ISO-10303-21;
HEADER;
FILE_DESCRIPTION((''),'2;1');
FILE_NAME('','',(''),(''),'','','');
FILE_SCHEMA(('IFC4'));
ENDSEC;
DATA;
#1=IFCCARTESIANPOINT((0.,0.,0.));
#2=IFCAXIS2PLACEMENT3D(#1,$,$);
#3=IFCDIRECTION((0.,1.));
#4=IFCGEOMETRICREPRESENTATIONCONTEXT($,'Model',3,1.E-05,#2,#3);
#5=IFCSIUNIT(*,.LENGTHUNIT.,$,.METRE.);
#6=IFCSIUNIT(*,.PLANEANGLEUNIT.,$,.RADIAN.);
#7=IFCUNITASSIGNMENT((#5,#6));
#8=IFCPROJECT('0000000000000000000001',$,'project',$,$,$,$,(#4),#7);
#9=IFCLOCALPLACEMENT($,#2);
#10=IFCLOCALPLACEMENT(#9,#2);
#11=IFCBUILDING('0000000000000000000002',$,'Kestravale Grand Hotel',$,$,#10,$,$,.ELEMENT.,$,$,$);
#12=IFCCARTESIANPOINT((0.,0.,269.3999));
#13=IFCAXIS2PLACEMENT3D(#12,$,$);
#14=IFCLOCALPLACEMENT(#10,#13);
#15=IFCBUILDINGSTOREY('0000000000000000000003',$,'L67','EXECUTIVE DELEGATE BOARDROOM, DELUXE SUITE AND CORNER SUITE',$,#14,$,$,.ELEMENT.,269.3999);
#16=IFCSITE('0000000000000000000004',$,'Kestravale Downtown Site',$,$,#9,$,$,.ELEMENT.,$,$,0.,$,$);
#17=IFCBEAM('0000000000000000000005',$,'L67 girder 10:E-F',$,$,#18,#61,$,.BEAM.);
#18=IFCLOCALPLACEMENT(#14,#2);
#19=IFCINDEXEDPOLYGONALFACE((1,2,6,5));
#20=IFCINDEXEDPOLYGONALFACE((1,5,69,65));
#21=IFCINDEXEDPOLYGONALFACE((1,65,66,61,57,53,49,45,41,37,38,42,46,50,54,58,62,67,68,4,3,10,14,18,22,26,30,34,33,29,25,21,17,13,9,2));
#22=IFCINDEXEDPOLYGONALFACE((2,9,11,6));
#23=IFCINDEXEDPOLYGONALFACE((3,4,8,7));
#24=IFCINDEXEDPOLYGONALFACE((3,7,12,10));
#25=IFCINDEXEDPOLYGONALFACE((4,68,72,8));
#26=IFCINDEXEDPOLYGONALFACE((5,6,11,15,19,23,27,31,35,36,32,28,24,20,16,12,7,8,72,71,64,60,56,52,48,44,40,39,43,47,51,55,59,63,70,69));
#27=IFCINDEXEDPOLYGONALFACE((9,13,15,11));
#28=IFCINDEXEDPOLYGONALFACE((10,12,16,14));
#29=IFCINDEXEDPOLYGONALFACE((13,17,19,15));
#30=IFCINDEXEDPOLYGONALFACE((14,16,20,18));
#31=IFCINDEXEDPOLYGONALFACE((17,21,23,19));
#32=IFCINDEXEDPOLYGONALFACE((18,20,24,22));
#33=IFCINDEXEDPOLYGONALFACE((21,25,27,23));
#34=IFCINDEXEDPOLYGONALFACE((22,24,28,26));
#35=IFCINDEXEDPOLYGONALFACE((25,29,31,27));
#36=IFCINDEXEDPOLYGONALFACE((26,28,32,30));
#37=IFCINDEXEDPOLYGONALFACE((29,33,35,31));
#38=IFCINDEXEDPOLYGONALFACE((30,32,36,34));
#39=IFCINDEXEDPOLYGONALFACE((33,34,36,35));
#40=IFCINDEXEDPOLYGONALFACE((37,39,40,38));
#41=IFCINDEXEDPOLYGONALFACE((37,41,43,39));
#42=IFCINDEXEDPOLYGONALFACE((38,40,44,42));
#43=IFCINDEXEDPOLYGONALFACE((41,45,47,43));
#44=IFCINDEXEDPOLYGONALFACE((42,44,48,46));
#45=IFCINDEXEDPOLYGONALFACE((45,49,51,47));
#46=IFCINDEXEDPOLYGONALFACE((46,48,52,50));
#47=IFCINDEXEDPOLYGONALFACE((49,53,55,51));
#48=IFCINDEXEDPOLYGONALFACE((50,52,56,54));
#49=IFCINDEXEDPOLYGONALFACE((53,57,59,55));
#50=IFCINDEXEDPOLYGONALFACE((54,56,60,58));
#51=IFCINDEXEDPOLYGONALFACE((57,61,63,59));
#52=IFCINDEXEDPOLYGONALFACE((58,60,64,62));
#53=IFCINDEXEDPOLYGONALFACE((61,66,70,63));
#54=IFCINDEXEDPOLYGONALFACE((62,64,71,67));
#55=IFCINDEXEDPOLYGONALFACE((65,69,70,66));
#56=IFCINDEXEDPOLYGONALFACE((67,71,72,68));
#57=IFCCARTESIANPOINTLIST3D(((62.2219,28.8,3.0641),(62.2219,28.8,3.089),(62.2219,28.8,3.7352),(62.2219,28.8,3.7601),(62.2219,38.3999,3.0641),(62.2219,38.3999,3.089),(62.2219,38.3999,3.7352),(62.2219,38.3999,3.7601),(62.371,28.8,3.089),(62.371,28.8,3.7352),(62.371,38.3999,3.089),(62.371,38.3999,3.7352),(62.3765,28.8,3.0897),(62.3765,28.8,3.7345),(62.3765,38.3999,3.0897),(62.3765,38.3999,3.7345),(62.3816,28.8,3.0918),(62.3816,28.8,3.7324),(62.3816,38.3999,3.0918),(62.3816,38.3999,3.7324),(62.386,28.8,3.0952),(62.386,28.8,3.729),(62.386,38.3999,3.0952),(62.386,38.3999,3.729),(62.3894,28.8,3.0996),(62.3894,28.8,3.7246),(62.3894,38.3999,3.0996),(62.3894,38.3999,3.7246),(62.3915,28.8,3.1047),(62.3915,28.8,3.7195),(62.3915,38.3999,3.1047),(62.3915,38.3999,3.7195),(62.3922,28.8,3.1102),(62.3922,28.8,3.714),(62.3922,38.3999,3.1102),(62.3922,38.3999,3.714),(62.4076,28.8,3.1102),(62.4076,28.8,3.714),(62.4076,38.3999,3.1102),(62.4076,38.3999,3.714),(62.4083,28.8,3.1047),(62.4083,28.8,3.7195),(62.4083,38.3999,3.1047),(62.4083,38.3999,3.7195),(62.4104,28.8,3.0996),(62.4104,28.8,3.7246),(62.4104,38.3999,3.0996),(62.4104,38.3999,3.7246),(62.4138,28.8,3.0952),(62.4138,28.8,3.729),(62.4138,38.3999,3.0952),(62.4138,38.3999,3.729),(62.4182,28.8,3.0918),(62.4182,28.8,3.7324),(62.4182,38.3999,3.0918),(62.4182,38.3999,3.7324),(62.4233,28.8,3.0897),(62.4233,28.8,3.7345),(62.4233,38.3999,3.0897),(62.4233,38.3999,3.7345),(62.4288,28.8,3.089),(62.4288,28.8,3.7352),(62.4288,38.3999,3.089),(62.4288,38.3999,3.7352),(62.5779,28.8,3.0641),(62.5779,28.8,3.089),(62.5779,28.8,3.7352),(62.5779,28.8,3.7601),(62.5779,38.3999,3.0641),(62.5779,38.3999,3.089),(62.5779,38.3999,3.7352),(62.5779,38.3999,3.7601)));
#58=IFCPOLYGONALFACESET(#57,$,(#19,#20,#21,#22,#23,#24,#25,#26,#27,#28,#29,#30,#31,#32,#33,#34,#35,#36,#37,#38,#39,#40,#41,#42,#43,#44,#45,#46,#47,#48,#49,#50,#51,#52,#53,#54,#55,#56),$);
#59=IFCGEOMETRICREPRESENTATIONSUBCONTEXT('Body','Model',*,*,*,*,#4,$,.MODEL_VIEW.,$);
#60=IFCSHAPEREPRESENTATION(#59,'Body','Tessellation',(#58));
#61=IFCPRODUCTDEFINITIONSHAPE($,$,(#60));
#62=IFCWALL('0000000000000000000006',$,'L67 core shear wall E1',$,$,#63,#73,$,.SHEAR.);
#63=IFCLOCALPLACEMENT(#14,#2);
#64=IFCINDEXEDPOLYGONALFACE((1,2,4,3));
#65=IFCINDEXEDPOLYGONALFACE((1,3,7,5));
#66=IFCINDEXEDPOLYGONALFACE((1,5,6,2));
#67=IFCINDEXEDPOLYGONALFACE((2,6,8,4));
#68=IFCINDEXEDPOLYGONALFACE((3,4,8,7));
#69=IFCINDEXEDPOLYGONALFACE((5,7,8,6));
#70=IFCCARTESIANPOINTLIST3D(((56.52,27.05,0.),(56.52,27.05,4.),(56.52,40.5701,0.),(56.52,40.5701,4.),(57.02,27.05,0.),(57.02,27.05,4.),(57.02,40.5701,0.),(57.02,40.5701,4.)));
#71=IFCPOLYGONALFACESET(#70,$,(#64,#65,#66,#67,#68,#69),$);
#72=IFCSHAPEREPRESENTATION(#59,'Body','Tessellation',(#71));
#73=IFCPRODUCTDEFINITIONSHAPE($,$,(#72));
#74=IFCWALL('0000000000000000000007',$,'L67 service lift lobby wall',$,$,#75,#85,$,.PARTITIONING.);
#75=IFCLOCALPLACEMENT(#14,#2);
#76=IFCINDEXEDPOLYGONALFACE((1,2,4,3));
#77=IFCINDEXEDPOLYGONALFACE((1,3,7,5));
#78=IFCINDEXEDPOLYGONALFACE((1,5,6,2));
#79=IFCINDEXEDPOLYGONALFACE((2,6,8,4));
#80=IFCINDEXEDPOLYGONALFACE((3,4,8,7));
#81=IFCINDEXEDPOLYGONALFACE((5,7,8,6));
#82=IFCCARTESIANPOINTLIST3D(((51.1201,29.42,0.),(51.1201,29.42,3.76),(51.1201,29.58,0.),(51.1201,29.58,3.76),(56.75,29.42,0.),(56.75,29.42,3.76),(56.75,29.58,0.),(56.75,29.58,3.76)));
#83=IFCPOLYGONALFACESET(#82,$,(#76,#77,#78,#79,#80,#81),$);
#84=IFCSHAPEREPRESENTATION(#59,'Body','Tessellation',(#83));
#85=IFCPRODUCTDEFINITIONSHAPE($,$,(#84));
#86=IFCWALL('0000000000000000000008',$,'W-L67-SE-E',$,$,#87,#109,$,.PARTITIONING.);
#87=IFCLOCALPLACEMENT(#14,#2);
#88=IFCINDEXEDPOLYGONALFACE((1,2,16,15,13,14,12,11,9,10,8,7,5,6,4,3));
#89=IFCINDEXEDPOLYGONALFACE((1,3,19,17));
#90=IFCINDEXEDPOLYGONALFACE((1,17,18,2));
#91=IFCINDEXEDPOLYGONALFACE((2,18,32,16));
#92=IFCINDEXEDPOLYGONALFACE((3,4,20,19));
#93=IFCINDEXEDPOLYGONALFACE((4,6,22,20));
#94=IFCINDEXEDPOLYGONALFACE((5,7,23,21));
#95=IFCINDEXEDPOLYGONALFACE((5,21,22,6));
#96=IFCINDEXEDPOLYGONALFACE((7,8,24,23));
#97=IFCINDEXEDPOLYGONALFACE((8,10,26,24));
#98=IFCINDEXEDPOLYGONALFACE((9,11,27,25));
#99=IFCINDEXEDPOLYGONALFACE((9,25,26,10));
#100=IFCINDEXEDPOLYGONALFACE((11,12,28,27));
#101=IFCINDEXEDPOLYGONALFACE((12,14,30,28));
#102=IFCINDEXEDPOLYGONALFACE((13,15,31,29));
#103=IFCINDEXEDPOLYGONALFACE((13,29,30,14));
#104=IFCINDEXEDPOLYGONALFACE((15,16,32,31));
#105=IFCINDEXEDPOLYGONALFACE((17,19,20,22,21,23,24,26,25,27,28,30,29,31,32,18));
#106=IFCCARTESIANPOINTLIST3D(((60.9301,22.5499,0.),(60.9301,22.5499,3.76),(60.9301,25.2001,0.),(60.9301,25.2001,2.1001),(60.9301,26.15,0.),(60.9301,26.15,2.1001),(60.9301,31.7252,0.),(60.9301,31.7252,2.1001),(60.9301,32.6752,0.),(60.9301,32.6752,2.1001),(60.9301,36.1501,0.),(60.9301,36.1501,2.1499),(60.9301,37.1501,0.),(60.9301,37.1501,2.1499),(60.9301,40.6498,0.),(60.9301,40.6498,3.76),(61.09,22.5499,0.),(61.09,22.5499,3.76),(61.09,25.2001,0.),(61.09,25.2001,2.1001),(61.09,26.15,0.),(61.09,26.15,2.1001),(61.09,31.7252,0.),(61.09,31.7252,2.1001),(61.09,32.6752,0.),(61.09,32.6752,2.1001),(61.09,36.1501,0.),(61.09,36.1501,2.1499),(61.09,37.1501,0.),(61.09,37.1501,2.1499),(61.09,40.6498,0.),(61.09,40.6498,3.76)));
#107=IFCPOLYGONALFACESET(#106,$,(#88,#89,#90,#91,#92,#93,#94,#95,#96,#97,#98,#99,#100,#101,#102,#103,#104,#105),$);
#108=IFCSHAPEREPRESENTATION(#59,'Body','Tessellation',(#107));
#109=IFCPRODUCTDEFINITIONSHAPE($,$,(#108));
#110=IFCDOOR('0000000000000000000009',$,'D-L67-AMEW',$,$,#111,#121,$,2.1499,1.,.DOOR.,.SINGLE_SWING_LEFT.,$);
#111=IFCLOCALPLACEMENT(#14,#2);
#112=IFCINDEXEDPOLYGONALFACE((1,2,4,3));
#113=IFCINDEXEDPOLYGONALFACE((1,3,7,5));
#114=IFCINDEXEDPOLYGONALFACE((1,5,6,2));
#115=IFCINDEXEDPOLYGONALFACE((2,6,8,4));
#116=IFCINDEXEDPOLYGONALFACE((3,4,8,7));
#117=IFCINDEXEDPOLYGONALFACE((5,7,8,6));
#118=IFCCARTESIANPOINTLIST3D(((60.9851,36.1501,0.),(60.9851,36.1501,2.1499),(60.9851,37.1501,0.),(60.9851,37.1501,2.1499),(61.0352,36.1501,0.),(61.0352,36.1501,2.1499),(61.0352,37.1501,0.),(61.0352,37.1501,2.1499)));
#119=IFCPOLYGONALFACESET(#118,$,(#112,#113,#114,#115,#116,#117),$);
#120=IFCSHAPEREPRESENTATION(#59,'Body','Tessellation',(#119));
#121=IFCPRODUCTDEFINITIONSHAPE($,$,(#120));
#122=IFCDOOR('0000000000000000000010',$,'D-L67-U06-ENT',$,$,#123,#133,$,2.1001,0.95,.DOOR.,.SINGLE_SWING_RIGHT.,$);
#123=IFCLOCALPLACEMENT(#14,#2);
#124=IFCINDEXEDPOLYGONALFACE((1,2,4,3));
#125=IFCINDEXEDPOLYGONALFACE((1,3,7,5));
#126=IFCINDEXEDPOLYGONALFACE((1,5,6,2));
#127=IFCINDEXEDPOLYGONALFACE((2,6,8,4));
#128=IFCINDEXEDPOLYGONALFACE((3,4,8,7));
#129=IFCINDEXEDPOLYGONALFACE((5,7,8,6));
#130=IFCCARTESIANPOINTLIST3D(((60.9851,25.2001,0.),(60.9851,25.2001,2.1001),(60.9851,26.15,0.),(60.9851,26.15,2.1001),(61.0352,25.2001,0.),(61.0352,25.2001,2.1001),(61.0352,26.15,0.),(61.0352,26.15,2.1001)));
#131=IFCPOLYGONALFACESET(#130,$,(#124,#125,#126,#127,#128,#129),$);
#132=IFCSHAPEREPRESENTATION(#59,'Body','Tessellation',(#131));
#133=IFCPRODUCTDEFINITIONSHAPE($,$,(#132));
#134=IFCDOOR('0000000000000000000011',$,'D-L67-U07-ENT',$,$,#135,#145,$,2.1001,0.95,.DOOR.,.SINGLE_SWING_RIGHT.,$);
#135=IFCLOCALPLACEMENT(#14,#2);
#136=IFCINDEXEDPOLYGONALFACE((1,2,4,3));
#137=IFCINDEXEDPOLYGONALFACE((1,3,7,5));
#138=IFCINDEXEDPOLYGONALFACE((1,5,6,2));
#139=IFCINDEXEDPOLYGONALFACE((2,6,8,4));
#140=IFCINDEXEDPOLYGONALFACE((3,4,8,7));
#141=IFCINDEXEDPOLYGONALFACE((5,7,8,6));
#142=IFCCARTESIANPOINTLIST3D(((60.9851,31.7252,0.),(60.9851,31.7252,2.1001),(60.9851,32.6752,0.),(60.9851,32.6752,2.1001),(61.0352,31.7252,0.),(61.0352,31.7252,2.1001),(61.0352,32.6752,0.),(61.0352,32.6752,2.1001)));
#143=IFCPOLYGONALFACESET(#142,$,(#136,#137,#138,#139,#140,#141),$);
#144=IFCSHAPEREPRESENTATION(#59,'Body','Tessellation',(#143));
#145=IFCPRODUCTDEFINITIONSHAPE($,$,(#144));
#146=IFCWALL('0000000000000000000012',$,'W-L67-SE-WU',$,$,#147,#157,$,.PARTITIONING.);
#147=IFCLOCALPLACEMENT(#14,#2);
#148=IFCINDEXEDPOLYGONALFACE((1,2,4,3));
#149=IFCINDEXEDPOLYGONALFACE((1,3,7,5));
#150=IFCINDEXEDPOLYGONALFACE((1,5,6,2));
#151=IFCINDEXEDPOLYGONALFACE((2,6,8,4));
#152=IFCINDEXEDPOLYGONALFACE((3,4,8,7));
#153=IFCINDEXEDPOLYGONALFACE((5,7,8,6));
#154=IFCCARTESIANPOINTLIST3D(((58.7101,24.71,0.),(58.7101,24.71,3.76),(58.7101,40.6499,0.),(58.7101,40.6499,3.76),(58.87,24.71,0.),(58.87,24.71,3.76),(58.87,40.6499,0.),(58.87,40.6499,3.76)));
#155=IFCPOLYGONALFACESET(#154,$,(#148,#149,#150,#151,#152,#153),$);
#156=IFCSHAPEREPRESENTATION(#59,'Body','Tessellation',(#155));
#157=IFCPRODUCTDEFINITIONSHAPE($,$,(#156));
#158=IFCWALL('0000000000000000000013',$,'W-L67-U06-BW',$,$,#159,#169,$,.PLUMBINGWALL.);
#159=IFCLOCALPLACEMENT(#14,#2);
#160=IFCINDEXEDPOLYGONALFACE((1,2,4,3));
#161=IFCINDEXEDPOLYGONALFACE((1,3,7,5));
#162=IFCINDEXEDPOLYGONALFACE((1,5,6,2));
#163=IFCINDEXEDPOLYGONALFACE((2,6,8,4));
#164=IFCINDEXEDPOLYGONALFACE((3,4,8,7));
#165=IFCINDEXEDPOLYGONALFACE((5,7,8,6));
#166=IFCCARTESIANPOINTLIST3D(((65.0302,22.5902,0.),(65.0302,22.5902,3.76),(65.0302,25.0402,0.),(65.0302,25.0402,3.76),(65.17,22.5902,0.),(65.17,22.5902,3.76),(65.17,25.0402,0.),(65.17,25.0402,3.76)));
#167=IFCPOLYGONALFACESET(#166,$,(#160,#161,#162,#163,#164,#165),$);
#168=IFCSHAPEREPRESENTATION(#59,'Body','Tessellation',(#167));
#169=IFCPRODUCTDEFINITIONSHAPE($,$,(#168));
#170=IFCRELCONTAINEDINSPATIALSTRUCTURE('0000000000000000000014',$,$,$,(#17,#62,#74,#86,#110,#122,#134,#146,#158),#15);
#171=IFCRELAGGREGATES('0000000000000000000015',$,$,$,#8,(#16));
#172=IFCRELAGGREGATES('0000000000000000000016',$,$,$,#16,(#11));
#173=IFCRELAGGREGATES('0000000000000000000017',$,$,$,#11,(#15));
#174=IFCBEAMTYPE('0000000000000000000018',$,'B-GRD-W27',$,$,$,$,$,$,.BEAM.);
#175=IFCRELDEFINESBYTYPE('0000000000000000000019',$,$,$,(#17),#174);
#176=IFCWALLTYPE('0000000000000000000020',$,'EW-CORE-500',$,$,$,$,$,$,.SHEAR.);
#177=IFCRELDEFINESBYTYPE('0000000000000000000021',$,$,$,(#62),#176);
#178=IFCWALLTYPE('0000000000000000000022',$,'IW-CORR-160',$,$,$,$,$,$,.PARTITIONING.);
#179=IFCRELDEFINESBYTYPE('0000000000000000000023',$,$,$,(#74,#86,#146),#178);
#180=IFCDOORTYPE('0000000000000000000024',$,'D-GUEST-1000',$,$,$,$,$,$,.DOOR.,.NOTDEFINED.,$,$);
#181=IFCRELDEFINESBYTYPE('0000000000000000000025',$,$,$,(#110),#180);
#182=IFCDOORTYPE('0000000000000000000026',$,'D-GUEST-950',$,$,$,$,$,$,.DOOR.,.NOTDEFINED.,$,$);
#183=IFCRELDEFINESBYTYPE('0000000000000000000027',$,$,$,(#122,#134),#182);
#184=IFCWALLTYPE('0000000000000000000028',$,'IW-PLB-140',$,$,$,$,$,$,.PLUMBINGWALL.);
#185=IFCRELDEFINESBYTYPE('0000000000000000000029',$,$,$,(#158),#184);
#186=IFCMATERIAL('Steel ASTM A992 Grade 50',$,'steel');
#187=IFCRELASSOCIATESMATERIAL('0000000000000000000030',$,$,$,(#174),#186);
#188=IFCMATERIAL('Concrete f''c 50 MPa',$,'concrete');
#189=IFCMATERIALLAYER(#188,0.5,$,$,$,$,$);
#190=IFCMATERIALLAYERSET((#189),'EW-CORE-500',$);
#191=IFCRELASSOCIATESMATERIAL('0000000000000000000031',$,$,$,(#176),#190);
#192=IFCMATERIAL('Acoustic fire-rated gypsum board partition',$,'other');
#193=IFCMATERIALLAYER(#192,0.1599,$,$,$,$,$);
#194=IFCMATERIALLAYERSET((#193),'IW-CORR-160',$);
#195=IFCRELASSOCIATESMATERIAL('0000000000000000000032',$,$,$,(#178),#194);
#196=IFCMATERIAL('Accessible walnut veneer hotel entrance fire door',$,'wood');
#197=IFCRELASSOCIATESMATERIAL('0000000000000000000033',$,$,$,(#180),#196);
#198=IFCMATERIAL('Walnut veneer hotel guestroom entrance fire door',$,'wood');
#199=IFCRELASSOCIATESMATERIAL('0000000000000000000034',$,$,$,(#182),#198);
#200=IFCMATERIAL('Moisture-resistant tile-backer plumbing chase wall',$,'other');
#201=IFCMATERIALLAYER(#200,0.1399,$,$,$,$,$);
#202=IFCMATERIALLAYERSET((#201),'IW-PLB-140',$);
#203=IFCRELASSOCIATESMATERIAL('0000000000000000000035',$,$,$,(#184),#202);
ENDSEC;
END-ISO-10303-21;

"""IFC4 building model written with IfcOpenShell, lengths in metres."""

from ifc_helpers import new_model, si_unit, direction, frame, frame_2d, origin, origin_2d, place, context, subcontext, project, spatial, rectangle, i_section, extrude, material, layer, layer_set, material_profile, profile_set, type_object, element, fill, save


model = new_model("IFC4")

# Units and contexts
model_context = context("Model", 3, precision=1e-05, world=origin(), true_north=direction((0.0, 1.0)))
body_context = subcontext(model_context, "Body", "Model", "MODEL_VIEW")
ifc_project = project(units=[si_unit("LENGTHUNIT", "METRE"), si_unit("PLANEANGLEUNIT", "RADIAN")], contexts=[model_context])

# Site, building, storey
site_placement = place(None, origin())
site = spatial("IfcSite", under=ifc_project, at=site_placement, Name="Kestravale Downtown Site", CompositionType="ELEMENT", RefElevation=0.0)
building_placement = place(site_placement, origin())
building = spatial("IfcBuilding", under=site, at=building_placement, Name="Kestravale Grand Hotel", CompositionType="ELEMENT")
storey_placement = place(building_placement, frame((0.0, 0.0, 269.3999)))
storey = spatial("IfcBuildingStorey", under=building, at=storey_placement, Name="L67", Description="EXECUTIVE DELEGATE BOARDROOM, DELUXE SUITE AND CORNER SUITE", CompositionType="ELEMENT", Elevation=269.3999)

# Beam
ifc_material_1 = material(Name="Steel ASTM A992 Grade 50", Category="steel")
ifc_material_profile_1 = material_profile(ifc_material_1, i_section(OverallWidth=0.356, OverallDepth=0.696, WebThickness=0.0154, FlangeThickness=0.0249, FilletRadius=0.0212, at=origin_2d()))
ifc_profile_set_1 = profile_set([ifc_material_profile_1], Name="Steel ASTM A992 Grade 50")
beam_type = type_object("IfcBeamType", Name="B-GRD-W27", PredefinedType="BEAM", material=ifc_profile_set_1)
beam_1_placement = place(storey_placement, frame((62.3999, 28.8, 3.4121), z_axis=(0.0, 1.0, 0.0), x_axis=(-1.0, 0.0, 0.0)))
element("IfcBeam", 1, at=beam_1_placement, inside=storey, type_object=beam_type, Name="L67 girder 10:E-F", PredefinedType="BEAM", context=body_context, shape_type="SweptSolid", body=[
    extrude(i_section(OverallWidth=0.356, OverallDepth=0.696, WebThickness=0.0154, FlangeThickness=0.0249, FilletRadius=0.0212, at=origin_2d()), origin(), (0.0, 0.0, 1.0), 9.5999),
])

# Walls
ifc_material_2 = material(Name="Concrete f'c 50 MPa", Category="concrete")
ifc_layer_1 = layer(ifc_material_2, 0.5)
ifc_layer_set_1 = layer_set([ifc_layer_1], Name="EW-CORE-500")
wall_type_1 = type_object("IfcWallType", Name="EW-CORE-500", PredefinedType="SHEAR", material=ifc_layer_set_1)
wall_1_placement = place(storey_placement, frame((56.77, 27.05, 0.0), z_axis=(0.0, 0.0, 1.0), x_axis=(0.0, 1.0, 0.0)))
element("IfcWall", 2, at=wall_1_placement, inside=storey, type_object=wall_type_1, Name="L67 core shear wall E1", PredefinedType="SHEAR", context=body_context, shape_type="SweptSolid", body=[
    extrude(rectangle(XDim=13.52, YDim=0.5, at=frame_2d((6.76, 0.0))), origin(), (0.0, 0.0, 1.0), 4.0),
])
ifc_material_3 = material(Name="Acoustic fire-rated gypsum board partition", Category="other")
ifc_layer_2 = layer(ifc_material_3, 0.1599)
ifc_layer_set_2 = layer_set([ifc_layer_2], Name="IW-CORR-160")
wall_type_2 = type_object("IfcWallType", Name="IW-CORR-160", PredefinedType="PARTITIONING", material=ifc_layer_set_2)
wall_2_placement = place(storey_placement, frame((51.1201, 29.5, 0.0), z_axis=(0.0, 0.0, 1.0), x_axis=(1.0, 0.0, 0.0)))
element("IfcWall", 3, at=wall_2_placement, inside=storey, type_object=wall_type_2, Name="L67 service lift lobby wall", PredefinedType="PARTITIONING", context=body_context, shape_type="SweptSolid", body=[
    extrude(rectangle(XDim=5.6299, YDim=0.1599, at=frame_2d((2.8149, 0.0))), origin(), (0.0, 0.0, 1.0), 3.76),
])

# Wall, openings, doors
wall_3_placement = place(storey_placement, frame((61.01, 22.55, 0.0), z_axis=(0.0, 0.0, 1.0), x_axis=(0.0, 1.0, 0.0)))
wall_3 = element("IfcWall", 4, at=wall_3_placement, inside=storey, type_object=wall_type_2, Name="W-L67-SE-E", PredefinedType="PARTITIONING", context=body_context, shape_type="SweptSolid", body=[
    extrude(rectangle(XDim=18.0999, YDim=0.1599, at=frame_2d((9.0498, 0.0))), origin(), (0.0, 0.0, 1.0), 3.76),
])
opening_1_placement = place(wall_3_placement, frame((2.6499, 0.0, 0.0)))
opening_1 = element("IfcOpeningElement", 5, at=opening_1_placement, cuts=wall_3, PredefinedType="OPENING", context=body_context, shape_type="SweptSolid", body=[
    extrude(rectangle(XDim=0.95, YDim=2.1001, at=frame_2d((0.4751, 1.05))), frame((0.0, 0.0898, 0.0), z_axis=(0.0, -1.0, 0.0), x_axis=(1.0, 0.0, 0.0)), (0.0, 0.0, 1.0), 0.1799),
])
opening_2_placement = place(wall_3_placement, frame((9.175, 0.0, 0.0)))
opening_2 = element("IfcOpeningElement", 6, at=opening_2_placement, cuts=wall_3, PredefinedType="OPENING", context=body_context, shape_type="SweptSolid", body=[
    extrude(rectangle(XDim=0.95, YDim=2.1001, at=frame_2d((0.4751, 1.05))), frame((0.0, 0.0898, 0.0), z_axis=(0.0, -1.0, 0.0), x_axis=(1.0, 0.0, 0.0)), (0.0, 0.0, 1.0), 0.1799),
])
opening_3_placement = place(wall_3_placement, frame((13.6001, 0.0, 0.0)))
opening_3 = element("IfcOpeningElement", 7, at=opening_3_placement, cuts=wall_3, PredefinedType="OPENING", context=body_context, shape_type="SweptSolid", body=[
    extrude(rectangle(XDim=1.0, YDim=2.1499, at=frame_2d((0.5, 1.075))), frame((0.0, 0.0898, 0.0), z_axis=(0.0, -1.0, 0.0), x_axis=(1.0, 0.0, 0.0)), (0.0, 0.0, 1.0), 0.1799),
])
ifc_material_4 = material(Name="Accessible walnut veneer hotel entrance fire door", Category="wood")
door_type_1 = type_object("IfcDoorType", Name="D-GUEST-1000", OperationType="NOTDEFINED", PredefinedType="DOOR", material=ifc_material_4)
door_1_placement = place(opening_3_placement, origin())
door_1 = element("IfcDoor", 8, at=door_1_placement, inside=storey, type_object=door_type_1, Name="D-L67-AMEW", OperationType="SINGLE_SWING_LEFT", OverallHeight=2.1499, OverallWidth=1.0, PredefinedType="DOOR", context=body_context, shape_type="SweptSolid", body=[
    extrude(rectangle(XDim=1.0, YDim=2.1499, at=frame_2d((0.5, 1.075))), frame((0.0, 0.0249, 0.0), z_axis=(0.0, -1.0, 0.0), x_axis=(1.0, 0.0, 0.0)), (0.0, 0.0, 1.0), 0.05),
])
fill(opening_3, door_1)
ifc_material_5 = material(Name="Walnut veneer hotel guestroom entrance fire door", Category="wood")
door_type_2 = type_object("IfcDoorType", Name="D-GUEST-950", OperationType="NOTDEFINED", PredefinedType="DOOR", material=ifc_material_5)
door_2_placement = place(opening_1_placement, origin())
door_2 = element("IfcDoor", 9, at=door_2_placement, inside=storey, type_object=door_type_2, Name="D-L67-U06-ENT", OperationType="SINGLE_SWING_RIGHT", OverallHeight=2.1001, OverallWidth=0.95, PredefinedType="DOOR", context=body_context, shape_type="SweptSolid", body=[
    extrude(rectangle(XDim=0.95, YDim=2.1001, at=frame_2d((0.4751, 1.05))), frame((0.0, 0.0249, 0.0), z_axis=(0.0, -1.0, 0.0), x_axis=(1.0, 0.0, 0.0)), (0.0, 0.0, 1.0), 0.05),
])
fill(opening_1, door_2)
door_3_placement = place(opening_2_placement, origin())
door_3 = element("IfcDoor", 10, at=door_3_placement, inside=storey, type_object=door_type_2, Name="D-L67-U07-ENT", OperationType="SINGLE_SWING_RIGHT", OverallHeight=2.1001, OverallWidth=0.95, PredefinedType="DOOR", context=body_context, shape_type="SweptSolid", body=[
    extrude(rectangle(XDim=0.95, YDim=2.1001, at=frame_2d((0.4751, 1.05))), frame((0.0, 0.0249, 0.0), z_axis=(0.0, -1.0, 0.0), x_axis=(1.0, 0.0, 0.0)), (0.0, 0.0, 1.0), 0.05),
])
fill(opening_2, door_3)

# Walls
wall_4_placement = place(storey_placement, frame((58.79, 24.71, 0.0), z_axis=(0.0, 0.0, 1.0), x_axis=(0.0, 1.0, 0.0)))
element("IfcWall", 11, at=wall_4_placement, inside=storey, type_object=wall_type_2, Name="W-L67-SE-WU", PredefinedType="PARTITIONING", context=body_context, shape_type="SweptSolid", body=[
    extrude(rectangle(XDim=15.9399, YDim=0.1599, at=frame_2d((7.97, 0.0))), origin(), (0.0, 0.0, 1.0), 3.76),
])
ifc_material_6 = material(Name="Moisture-resistant tile-backer plumbing chase wall", Category="other")
ifc_layer_3 = layer(ifc_material_6, 0.1399)
ifc_layer_set_3 = layer_set([ifc_layer_3], Name="IW-PLB-140")
wall_type_3 = type_object("IfcWallType", Name="IW-PLB-140", PredefinedType="PLUMBINGWALL", material=ifc_layer_set_3)
wall_5_placement = place(storey_placement, frame((65.1001, 22.5901, 0.0), z_axis=(0.0, 0.0, 1.0), x_axis=(0.0, 1.0, 0.0)))
element("IfcWall", 12, at=wall_5_placement, inside=storey, type_object=wall_type_3, Name="W-L67-U06-BW", PredefinedType="PLUMBINGWALL", context=body_context, shape_type="SweptSolid", body=[
    extrude(rectangle(XDim=2.45, YDim=0.1399, at=frame_2d((1.2251, 0.0))), origin(), (0.0, 0.0, 1.0), 3.76),
])

save(model, "model.ifc")
